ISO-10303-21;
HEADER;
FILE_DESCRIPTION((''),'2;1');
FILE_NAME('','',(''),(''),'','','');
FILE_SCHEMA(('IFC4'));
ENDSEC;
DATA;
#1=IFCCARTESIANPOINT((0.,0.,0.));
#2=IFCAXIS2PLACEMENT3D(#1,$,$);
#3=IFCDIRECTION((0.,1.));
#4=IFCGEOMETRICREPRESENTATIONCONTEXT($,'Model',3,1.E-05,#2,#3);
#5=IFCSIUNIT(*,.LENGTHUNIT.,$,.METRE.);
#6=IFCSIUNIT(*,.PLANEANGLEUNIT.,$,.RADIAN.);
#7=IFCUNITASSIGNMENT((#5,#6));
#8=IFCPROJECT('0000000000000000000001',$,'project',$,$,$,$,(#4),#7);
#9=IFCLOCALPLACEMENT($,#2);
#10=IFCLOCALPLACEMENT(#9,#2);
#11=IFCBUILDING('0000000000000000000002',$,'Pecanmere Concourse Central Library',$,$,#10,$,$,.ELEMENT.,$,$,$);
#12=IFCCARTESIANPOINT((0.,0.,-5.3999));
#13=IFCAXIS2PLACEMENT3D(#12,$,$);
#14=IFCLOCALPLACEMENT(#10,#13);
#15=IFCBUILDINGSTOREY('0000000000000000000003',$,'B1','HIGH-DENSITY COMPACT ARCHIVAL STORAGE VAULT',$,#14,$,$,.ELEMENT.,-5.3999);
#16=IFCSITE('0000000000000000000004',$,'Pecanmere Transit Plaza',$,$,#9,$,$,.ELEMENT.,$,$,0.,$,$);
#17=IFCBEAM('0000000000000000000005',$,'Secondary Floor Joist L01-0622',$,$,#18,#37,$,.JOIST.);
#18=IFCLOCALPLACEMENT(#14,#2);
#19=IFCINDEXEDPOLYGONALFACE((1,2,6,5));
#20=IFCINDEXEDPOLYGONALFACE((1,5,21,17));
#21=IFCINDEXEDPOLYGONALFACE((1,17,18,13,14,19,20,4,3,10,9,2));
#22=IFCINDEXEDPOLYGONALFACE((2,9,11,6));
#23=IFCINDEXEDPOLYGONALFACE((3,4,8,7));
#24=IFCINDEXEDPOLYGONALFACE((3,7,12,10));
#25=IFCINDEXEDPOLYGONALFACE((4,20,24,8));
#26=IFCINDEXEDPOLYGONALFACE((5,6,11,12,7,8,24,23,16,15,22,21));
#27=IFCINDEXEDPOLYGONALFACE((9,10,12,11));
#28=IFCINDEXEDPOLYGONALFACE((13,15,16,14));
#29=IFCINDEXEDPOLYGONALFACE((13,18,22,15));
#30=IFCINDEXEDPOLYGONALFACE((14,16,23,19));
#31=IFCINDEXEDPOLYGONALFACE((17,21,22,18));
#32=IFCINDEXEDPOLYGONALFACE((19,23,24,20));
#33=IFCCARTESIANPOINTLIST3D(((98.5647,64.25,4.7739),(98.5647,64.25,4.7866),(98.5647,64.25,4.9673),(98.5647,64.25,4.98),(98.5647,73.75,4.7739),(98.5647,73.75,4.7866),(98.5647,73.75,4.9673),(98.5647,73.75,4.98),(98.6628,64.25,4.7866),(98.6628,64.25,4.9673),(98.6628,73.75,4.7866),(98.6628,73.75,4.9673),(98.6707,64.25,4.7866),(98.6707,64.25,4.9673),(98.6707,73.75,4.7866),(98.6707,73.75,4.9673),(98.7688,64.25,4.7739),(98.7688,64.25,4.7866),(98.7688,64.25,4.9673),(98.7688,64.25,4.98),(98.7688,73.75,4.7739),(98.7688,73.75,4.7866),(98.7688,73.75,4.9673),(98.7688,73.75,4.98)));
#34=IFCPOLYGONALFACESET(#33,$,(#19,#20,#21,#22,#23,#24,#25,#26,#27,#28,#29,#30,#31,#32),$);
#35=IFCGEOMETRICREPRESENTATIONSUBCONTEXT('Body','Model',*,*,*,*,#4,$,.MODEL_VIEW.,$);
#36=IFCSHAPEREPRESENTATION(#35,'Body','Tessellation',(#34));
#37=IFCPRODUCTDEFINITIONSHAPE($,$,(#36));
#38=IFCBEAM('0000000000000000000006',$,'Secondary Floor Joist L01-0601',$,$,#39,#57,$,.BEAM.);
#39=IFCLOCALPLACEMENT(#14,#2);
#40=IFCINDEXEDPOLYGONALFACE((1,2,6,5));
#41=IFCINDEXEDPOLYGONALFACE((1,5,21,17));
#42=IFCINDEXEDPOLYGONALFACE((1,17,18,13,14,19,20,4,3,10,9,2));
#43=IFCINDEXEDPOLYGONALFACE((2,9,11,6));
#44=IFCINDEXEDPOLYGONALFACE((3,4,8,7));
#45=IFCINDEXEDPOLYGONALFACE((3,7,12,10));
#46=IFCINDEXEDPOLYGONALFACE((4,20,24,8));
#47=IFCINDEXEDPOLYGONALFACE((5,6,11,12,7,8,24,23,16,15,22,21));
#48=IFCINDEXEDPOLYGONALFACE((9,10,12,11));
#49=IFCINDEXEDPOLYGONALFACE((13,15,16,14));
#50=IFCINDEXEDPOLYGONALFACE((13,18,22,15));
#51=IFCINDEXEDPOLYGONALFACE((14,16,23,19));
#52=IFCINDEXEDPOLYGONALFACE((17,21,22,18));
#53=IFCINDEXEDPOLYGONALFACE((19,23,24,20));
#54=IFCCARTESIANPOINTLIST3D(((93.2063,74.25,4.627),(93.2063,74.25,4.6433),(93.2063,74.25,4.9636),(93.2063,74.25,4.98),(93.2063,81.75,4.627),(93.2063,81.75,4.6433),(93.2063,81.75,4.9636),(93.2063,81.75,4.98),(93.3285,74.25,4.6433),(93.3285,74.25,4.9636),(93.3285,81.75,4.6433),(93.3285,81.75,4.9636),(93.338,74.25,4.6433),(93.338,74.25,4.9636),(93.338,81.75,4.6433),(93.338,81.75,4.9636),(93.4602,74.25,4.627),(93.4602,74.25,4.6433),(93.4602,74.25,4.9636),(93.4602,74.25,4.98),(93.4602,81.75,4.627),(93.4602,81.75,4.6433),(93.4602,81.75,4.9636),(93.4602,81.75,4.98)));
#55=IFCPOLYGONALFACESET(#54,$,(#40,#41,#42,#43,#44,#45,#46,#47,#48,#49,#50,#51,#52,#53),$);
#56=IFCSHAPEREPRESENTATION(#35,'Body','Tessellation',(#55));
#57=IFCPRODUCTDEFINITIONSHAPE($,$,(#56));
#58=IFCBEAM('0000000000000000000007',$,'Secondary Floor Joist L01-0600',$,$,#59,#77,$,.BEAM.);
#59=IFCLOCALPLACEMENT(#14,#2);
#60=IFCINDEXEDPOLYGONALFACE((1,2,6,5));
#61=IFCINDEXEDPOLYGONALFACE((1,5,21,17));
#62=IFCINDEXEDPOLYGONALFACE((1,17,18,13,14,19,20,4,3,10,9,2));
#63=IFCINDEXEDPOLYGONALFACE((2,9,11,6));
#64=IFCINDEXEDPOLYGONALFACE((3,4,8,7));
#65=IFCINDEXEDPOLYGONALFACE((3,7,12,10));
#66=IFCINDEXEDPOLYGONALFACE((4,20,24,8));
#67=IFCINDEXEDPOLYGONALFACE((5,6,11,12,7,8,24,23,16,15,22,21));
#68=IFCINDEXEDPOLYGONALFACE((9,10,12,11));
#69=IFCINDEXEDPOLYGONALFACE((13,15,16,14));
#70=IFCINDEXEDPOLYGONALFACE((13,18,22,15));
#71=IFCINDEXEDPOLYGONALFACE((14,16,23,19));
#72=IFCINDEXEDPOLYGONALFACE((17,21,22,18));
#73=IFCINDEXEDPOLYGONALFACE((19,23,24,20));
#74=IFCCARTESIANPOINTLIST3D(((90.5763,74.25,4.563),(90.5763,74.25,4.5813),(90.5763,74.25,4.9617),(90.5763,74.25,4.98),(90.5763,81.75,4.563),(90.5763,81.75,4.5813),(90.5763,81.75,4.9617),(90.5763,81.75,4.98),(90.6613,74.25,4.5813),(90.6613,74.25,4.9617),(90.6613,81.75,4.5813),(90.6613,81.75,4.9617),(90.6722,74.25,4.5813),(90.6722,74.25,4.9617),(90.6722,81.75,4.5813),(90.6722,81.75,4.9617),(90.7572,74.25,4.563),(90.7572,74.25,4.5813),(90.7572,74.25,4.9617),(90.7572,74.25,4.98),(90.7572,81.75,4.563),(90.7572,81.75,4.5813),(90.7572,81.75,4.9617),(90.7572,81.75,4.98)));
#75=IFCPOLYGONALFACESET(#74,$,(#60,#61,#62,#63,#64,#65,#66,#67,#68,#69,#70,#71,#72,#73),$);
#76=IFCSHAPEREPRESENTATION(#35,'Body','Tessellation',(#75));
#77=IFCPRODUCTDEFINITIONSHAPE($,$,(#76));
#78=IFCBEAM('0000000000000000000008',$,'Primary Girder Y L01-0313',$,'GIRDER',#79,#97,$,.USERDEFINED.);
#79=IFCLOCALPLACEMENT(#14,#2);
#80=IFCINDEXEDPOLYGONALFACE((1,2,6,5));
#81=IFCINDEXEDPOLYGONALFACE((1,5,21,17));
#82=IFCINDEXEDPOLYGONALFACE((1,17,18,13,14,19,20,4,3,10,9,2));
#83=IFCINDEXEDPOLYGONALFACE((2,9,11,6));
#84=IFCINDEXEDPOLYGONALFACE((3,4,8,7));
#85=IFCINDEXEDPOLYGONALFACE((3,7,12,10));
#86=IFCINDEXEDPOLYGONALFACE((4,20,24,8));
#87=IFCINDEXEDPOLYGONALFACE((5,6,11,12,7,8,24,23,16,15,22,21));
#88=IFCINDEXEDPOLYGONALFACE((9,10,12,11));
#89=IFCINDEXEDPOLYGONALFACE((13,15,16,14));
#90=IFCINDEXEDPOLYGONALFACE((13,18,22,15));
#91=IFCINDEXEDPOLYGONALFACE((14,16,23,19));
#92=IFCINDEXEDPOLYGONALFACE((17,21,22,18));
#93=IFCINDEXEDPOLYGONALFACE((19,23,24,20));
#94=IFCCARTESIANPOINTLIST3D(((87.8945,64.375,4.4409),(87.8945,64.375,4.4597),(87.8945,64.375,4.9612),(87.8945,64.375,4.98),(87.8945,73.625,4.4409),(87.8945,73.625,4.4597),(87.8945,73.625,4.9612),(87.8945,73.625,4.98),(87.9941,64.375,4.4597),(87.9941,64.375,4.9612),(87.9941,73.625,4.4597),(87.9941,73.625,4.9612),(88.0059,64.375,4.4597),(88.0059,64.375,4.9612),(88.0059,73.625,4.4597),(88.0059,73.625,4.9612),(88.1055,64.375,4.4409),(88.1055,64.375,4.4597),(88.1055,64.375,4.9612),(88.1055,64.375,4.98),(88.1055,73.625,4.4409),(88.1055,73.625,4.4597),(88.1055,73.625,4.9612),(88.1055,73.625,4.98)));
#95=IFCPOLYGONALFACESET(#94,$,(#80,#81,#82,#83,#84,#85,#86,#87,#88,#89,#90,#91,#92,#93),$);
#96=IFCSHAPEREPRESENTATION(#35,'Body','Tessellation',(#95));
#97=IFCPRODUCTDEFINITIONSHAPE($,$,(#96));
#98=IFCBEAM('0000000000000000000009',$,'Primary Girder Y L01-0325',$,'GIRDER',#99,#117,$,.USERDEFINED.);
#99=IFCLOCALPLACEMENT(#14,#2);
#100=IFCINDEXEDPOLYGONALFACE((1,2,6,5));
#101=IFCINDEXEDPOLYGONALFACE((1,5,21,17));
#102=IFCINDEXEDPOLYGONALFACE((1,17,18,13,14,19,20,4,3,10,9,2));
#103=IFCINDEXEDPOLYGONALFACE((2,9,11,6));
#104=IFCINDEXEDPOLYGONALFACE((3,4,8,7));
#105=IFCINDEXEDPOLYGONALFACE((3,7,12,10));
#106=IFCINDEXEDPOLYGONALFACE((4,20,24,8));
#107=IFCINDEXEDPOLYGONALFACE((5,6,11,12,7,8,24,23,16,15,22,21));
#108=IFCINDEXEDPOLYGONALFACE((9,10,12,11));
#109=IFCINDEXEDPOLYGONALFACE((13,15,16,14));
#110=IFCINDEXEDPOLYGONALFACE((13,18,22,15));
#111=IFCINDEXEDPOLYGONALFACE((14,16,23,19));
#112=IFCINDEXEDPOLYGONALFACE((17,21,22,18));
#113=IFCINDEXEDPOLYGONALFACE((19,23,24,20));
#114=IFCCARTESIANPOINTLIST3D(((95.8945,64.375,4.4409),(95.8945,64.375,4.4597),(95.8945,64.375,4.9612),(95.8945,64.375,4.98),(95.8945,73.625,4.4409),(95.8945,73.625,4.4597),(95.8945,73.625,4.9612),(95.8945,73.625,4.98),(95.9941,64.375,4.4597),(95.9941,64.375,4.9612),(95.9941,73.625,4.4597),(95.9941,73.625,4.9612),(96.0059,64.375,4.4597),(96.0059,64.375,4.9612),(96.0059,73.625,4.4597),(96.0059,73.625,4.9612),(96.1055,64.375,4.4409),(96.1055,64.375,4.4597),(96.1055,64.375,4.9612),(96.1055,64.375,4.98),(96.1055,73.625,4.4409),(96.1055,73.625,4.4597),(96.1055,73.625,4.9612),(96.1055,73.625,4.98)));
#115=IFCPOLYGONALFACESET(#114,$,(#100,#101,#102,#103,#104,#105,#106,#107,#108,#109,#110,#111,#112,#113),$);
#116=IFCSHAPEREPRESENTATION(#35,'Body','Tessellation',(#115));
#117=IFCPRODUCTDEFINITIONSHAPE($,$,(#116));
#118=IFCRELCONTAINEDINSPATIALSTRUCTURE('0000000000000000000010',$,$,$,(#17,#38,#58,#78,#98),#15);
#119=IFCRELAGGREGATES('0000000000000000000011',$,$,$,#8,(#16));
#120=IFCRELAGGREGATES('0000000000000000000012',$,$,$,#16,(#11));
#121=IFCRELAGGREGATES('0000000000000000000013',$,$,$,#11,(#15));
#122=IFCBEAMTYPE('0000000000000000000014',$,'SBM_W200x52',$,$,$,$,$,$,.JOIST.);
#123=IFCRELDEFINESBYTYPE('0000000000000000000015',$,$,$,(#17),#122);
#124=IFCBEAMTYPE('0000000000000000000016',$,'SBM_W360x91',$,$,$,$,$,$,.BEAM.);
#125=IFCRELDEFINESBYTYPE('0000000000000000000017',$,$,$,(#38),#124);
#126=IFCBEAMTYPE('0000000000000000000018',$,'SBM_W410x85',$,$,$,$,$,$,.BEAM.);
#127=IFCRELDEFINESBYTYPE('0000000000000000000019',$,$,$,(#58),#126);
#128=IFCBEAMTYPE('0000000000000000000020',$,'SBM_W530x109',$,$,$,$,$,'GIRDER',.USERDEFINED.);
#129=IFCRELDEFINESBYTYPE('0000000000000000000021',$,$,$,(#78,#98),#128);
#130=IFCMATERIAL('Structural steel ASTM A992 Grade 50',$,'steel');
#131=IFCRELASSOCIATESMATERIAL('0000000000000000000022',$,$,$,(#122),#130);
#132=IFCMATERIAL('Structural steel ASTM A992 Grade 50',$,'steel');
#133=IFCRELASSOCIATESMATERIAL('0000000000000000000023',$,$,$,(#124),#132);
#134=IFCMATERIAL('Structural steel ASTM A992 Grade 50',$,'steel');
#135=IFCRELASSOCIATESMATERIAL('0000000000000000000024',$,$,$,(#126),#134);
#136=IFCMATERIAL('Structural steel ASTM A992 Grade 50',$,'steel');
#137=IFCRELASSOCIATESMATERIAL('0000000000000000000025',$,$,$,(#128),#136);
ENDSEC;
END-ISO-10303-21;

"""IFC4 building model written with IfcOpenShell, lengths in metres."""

from ifc_helpers import new_model, si_unit, direction, frame, origin, origin_2d, place, context, subcontext, project, spatial, i_section, extrude, material, material_profile, profile_set, type_object, element, save


model = new_model("IFC4")

# Units and contexts
model_context = context("Model", 3, precision=1e-05, world=origin(), true_north=direction((0.0, 1.0)))
body_context = subcontext(model_context, "Body", "Model", "MODEL_VIEW")
ifc_project = project(units=[si_unit("LENGTHUNIT", "METRE"), si_unit("PLANEANGLEUNIT", "RADIAN")], contexts=[model_context])

# Site, building, storey
site_placement = place(None, origin())
site = spatial("IfcSite", under=ifc_project, at=site_placement, Name="Pecanmere Transit Plaza", CompositionType="ELEMENT", RefElevation=0.0)
building_placement = place(site_placement, origin())
building = spatial("IfcBuilding", under=site, at=building_placement, Name="Pecanmere Concourse Central Library", CompositionType="ELEMENT")
storey_placement = place(building_placement, frame((0.0, 0.0, -5.3999)))
storey = spatial("IfcBuildingStorey", under=building, at=storey_placement, Name="B1", Description="HIGH-DENSITY COMPACT ARCHIVAL STORAGE VAULT", CompositionType="ELEMENT", Elevation=-5.3999)

# Beams
ifc_material_1 = material(Name="Structural steel ASTM A992 Grade 50", Category="steel")
ifc_material_profile_1 = material_profile(ifc_material_1, i_section(OverallWidth=0.2041, OverallDepth=0.2061, WebThickness=0.0078, FlangeThickness=0.0127, at=origin_2d()), Name="W200x52")
ifc_profile_set_1 = profile_set([ifc_material_profile_1], Name="Structural steel ASTM A992 Grade 50")
beam_type_1 = type_object("IfcBeamType", Name="SBM_W200x52", PredefinedType="JOIST", material=ifc_profile_set_1)
beam_1_placement = place(storey_placement, frame((98.6667, 64.25, 4.877), z_axis=(0.0, 1.0, 0.0), x_axis=(-1.0, 0.0, 0.0)))
element("IfcBeam", 1, at=beam_1_placement, inside=storey, type_object=beam_type_1, Name="Secondary Floor Joist L01-0622", PredefinedType="JOIST", context=body_context, shape_type="SweptSolid", body=[
    extrude(i_section(OverallWidth=0.2041, OverallDepth=0.2061, WebThickness=0.0078, FlangeThickness=0.0127, at=origin_2d()), origin(), (0.0, 0.0, 1.0), 9.5),
])
ifc_material_2 = material(Name="Structural steel ASTM A992 Grade 50", Category="steel")
ifc_material_profile_2 = material_profile(ifc_material_2, i_section(OverallWidth=0.2539, OverallDepth=0.353, WebThickness=0.0095, FlangeThickness=0.0164, at=origin_2d()), Name="W360x91")
ifc_profile_set_2 = profile_set([ifc_material_profile_2], Name="Structural steel ASTM A992 Grade 50")
beam_type_2 = type_object("IfcBeamType", Name="SBM_W360x91", PredefinedType="BEAM", material=ifc_profile_set_2)
beam_2_placement = place(storey_placement, frame((93.3333, 74.25, 4.8035), z_axis=(0.0, 1.0, 0.0), x_axis=(-1.0, 0.0, 0.0)))
element("IfcBeam", 2, at=beam_2_placement, inside=storey, type_object=beam_type_2, Name="Secondary Floor Joist L01-0601", PredefinedType="BEAM", context=body_context, shape_type="SweptSolid", body=[
    extrude(i_section(OverallWidth=0.2539, OverallDepth=0.353, WebThickness=0.0095, FlangeThickness=0.0164, at=origin_2d()), origin(), (0.0, 0.0, 1.0), 7.5),
])
ifc_material_3 = material(Name="Structural steel ASTM A992 Grade 50", Category="steel")
ifc_material_profile_3 = material_profile(ifc_material_3, i_section(OverallWidth=0.1809, OverallDepth=0.417, WebThickness=0.011, FlangeThickness=0.0183, at=origin_2d()), Name="W410x85")
ifc_profile_set_3 = profile_set([ifc_material_profile_3], Name="Structural steel ASTM A992 Grade 50")
beam_type_3 = type_object("IfcBeamType", Name="SBM_W410x85", PredefinedType="BEAM", material=ifc_profile_set_3)
beam_3_placement = place(storey_placement, frame((90.6667, 74.25, 4.7715), z_axis=(0.0, 1.0, 0.0), x_axis=(-1.0, 0.0, 0.0)))
element("IfcBeam", 3, at=beam_3_placement, inside=storey, type_object=beam_type_3, Name="Secondary Floor Joist L01-0600", PredefinedType="BEAM", context=body_context, shape_type="SweptSolid", body=[
    extrude(i_section(OverallWidth=0.1809, OverallDepth=0.417, WebThickness=0.011, FlangeThickness=0.0183, at=origin_2d()), origin(), (0.0, 0.0, 1.0), 7.5),
])
ifc_material_4 = material(Name="Structural steel ASTM A992 Grade 50", Category="steel")
ifc_material_profile_4 = material_profile(ifc_material_4, i_section(OverallWidth=0.2109, OverallDepth=0.5391, WebThickness=0.0117, FlangeThickness=0.0188, at=origin_2d()), Name="W530x109")
ifc_profile_set_4 = profile_set([ifc_material_profile_4], Name="Structural steel ASTM A992 Grade 50")
beam_type_4 = type_object("IfcBeamType", Name="SBM_W530x109", ElementType="GIRDER", PredefinedType="USERDEFINED", material=ifc_profile_set_4)
for number, where, z_axis, x_axis, name in (
    (4, (88.0, 64.375, 4.7104), (0.0, 1.0, 0.0), (-1.0, 0.0, 0.0), "Primary Girder Y L01-0313"),
    (5, (96.0, 64.375, 4.7104), (0.0, 1.0, 0.0), (-1.0, 0.0, 0.0), "Primary Girder Y L01-0325"),
):
    element("IfcBeam", number, at=place(storey_placement, frame(where, z_axis=z_axis, x_axis=x_axis)), inside=storey, type_object=beam_type_4, Name=name, ObjectType="GIRDER", PredefinedType="USERDEFINED", context=body_context, shape_type="SweptSolid", body=[
        extrude(i_section(OverallWidth=0.2109, OverallDepth=0.5391, WebThickness=0.0117, FlangeThickness=0.0188, at=origin_2d()), origin(), (0.0, 0.0, 1.0), 9.25),
    ])

save(model, "model.ifc")
